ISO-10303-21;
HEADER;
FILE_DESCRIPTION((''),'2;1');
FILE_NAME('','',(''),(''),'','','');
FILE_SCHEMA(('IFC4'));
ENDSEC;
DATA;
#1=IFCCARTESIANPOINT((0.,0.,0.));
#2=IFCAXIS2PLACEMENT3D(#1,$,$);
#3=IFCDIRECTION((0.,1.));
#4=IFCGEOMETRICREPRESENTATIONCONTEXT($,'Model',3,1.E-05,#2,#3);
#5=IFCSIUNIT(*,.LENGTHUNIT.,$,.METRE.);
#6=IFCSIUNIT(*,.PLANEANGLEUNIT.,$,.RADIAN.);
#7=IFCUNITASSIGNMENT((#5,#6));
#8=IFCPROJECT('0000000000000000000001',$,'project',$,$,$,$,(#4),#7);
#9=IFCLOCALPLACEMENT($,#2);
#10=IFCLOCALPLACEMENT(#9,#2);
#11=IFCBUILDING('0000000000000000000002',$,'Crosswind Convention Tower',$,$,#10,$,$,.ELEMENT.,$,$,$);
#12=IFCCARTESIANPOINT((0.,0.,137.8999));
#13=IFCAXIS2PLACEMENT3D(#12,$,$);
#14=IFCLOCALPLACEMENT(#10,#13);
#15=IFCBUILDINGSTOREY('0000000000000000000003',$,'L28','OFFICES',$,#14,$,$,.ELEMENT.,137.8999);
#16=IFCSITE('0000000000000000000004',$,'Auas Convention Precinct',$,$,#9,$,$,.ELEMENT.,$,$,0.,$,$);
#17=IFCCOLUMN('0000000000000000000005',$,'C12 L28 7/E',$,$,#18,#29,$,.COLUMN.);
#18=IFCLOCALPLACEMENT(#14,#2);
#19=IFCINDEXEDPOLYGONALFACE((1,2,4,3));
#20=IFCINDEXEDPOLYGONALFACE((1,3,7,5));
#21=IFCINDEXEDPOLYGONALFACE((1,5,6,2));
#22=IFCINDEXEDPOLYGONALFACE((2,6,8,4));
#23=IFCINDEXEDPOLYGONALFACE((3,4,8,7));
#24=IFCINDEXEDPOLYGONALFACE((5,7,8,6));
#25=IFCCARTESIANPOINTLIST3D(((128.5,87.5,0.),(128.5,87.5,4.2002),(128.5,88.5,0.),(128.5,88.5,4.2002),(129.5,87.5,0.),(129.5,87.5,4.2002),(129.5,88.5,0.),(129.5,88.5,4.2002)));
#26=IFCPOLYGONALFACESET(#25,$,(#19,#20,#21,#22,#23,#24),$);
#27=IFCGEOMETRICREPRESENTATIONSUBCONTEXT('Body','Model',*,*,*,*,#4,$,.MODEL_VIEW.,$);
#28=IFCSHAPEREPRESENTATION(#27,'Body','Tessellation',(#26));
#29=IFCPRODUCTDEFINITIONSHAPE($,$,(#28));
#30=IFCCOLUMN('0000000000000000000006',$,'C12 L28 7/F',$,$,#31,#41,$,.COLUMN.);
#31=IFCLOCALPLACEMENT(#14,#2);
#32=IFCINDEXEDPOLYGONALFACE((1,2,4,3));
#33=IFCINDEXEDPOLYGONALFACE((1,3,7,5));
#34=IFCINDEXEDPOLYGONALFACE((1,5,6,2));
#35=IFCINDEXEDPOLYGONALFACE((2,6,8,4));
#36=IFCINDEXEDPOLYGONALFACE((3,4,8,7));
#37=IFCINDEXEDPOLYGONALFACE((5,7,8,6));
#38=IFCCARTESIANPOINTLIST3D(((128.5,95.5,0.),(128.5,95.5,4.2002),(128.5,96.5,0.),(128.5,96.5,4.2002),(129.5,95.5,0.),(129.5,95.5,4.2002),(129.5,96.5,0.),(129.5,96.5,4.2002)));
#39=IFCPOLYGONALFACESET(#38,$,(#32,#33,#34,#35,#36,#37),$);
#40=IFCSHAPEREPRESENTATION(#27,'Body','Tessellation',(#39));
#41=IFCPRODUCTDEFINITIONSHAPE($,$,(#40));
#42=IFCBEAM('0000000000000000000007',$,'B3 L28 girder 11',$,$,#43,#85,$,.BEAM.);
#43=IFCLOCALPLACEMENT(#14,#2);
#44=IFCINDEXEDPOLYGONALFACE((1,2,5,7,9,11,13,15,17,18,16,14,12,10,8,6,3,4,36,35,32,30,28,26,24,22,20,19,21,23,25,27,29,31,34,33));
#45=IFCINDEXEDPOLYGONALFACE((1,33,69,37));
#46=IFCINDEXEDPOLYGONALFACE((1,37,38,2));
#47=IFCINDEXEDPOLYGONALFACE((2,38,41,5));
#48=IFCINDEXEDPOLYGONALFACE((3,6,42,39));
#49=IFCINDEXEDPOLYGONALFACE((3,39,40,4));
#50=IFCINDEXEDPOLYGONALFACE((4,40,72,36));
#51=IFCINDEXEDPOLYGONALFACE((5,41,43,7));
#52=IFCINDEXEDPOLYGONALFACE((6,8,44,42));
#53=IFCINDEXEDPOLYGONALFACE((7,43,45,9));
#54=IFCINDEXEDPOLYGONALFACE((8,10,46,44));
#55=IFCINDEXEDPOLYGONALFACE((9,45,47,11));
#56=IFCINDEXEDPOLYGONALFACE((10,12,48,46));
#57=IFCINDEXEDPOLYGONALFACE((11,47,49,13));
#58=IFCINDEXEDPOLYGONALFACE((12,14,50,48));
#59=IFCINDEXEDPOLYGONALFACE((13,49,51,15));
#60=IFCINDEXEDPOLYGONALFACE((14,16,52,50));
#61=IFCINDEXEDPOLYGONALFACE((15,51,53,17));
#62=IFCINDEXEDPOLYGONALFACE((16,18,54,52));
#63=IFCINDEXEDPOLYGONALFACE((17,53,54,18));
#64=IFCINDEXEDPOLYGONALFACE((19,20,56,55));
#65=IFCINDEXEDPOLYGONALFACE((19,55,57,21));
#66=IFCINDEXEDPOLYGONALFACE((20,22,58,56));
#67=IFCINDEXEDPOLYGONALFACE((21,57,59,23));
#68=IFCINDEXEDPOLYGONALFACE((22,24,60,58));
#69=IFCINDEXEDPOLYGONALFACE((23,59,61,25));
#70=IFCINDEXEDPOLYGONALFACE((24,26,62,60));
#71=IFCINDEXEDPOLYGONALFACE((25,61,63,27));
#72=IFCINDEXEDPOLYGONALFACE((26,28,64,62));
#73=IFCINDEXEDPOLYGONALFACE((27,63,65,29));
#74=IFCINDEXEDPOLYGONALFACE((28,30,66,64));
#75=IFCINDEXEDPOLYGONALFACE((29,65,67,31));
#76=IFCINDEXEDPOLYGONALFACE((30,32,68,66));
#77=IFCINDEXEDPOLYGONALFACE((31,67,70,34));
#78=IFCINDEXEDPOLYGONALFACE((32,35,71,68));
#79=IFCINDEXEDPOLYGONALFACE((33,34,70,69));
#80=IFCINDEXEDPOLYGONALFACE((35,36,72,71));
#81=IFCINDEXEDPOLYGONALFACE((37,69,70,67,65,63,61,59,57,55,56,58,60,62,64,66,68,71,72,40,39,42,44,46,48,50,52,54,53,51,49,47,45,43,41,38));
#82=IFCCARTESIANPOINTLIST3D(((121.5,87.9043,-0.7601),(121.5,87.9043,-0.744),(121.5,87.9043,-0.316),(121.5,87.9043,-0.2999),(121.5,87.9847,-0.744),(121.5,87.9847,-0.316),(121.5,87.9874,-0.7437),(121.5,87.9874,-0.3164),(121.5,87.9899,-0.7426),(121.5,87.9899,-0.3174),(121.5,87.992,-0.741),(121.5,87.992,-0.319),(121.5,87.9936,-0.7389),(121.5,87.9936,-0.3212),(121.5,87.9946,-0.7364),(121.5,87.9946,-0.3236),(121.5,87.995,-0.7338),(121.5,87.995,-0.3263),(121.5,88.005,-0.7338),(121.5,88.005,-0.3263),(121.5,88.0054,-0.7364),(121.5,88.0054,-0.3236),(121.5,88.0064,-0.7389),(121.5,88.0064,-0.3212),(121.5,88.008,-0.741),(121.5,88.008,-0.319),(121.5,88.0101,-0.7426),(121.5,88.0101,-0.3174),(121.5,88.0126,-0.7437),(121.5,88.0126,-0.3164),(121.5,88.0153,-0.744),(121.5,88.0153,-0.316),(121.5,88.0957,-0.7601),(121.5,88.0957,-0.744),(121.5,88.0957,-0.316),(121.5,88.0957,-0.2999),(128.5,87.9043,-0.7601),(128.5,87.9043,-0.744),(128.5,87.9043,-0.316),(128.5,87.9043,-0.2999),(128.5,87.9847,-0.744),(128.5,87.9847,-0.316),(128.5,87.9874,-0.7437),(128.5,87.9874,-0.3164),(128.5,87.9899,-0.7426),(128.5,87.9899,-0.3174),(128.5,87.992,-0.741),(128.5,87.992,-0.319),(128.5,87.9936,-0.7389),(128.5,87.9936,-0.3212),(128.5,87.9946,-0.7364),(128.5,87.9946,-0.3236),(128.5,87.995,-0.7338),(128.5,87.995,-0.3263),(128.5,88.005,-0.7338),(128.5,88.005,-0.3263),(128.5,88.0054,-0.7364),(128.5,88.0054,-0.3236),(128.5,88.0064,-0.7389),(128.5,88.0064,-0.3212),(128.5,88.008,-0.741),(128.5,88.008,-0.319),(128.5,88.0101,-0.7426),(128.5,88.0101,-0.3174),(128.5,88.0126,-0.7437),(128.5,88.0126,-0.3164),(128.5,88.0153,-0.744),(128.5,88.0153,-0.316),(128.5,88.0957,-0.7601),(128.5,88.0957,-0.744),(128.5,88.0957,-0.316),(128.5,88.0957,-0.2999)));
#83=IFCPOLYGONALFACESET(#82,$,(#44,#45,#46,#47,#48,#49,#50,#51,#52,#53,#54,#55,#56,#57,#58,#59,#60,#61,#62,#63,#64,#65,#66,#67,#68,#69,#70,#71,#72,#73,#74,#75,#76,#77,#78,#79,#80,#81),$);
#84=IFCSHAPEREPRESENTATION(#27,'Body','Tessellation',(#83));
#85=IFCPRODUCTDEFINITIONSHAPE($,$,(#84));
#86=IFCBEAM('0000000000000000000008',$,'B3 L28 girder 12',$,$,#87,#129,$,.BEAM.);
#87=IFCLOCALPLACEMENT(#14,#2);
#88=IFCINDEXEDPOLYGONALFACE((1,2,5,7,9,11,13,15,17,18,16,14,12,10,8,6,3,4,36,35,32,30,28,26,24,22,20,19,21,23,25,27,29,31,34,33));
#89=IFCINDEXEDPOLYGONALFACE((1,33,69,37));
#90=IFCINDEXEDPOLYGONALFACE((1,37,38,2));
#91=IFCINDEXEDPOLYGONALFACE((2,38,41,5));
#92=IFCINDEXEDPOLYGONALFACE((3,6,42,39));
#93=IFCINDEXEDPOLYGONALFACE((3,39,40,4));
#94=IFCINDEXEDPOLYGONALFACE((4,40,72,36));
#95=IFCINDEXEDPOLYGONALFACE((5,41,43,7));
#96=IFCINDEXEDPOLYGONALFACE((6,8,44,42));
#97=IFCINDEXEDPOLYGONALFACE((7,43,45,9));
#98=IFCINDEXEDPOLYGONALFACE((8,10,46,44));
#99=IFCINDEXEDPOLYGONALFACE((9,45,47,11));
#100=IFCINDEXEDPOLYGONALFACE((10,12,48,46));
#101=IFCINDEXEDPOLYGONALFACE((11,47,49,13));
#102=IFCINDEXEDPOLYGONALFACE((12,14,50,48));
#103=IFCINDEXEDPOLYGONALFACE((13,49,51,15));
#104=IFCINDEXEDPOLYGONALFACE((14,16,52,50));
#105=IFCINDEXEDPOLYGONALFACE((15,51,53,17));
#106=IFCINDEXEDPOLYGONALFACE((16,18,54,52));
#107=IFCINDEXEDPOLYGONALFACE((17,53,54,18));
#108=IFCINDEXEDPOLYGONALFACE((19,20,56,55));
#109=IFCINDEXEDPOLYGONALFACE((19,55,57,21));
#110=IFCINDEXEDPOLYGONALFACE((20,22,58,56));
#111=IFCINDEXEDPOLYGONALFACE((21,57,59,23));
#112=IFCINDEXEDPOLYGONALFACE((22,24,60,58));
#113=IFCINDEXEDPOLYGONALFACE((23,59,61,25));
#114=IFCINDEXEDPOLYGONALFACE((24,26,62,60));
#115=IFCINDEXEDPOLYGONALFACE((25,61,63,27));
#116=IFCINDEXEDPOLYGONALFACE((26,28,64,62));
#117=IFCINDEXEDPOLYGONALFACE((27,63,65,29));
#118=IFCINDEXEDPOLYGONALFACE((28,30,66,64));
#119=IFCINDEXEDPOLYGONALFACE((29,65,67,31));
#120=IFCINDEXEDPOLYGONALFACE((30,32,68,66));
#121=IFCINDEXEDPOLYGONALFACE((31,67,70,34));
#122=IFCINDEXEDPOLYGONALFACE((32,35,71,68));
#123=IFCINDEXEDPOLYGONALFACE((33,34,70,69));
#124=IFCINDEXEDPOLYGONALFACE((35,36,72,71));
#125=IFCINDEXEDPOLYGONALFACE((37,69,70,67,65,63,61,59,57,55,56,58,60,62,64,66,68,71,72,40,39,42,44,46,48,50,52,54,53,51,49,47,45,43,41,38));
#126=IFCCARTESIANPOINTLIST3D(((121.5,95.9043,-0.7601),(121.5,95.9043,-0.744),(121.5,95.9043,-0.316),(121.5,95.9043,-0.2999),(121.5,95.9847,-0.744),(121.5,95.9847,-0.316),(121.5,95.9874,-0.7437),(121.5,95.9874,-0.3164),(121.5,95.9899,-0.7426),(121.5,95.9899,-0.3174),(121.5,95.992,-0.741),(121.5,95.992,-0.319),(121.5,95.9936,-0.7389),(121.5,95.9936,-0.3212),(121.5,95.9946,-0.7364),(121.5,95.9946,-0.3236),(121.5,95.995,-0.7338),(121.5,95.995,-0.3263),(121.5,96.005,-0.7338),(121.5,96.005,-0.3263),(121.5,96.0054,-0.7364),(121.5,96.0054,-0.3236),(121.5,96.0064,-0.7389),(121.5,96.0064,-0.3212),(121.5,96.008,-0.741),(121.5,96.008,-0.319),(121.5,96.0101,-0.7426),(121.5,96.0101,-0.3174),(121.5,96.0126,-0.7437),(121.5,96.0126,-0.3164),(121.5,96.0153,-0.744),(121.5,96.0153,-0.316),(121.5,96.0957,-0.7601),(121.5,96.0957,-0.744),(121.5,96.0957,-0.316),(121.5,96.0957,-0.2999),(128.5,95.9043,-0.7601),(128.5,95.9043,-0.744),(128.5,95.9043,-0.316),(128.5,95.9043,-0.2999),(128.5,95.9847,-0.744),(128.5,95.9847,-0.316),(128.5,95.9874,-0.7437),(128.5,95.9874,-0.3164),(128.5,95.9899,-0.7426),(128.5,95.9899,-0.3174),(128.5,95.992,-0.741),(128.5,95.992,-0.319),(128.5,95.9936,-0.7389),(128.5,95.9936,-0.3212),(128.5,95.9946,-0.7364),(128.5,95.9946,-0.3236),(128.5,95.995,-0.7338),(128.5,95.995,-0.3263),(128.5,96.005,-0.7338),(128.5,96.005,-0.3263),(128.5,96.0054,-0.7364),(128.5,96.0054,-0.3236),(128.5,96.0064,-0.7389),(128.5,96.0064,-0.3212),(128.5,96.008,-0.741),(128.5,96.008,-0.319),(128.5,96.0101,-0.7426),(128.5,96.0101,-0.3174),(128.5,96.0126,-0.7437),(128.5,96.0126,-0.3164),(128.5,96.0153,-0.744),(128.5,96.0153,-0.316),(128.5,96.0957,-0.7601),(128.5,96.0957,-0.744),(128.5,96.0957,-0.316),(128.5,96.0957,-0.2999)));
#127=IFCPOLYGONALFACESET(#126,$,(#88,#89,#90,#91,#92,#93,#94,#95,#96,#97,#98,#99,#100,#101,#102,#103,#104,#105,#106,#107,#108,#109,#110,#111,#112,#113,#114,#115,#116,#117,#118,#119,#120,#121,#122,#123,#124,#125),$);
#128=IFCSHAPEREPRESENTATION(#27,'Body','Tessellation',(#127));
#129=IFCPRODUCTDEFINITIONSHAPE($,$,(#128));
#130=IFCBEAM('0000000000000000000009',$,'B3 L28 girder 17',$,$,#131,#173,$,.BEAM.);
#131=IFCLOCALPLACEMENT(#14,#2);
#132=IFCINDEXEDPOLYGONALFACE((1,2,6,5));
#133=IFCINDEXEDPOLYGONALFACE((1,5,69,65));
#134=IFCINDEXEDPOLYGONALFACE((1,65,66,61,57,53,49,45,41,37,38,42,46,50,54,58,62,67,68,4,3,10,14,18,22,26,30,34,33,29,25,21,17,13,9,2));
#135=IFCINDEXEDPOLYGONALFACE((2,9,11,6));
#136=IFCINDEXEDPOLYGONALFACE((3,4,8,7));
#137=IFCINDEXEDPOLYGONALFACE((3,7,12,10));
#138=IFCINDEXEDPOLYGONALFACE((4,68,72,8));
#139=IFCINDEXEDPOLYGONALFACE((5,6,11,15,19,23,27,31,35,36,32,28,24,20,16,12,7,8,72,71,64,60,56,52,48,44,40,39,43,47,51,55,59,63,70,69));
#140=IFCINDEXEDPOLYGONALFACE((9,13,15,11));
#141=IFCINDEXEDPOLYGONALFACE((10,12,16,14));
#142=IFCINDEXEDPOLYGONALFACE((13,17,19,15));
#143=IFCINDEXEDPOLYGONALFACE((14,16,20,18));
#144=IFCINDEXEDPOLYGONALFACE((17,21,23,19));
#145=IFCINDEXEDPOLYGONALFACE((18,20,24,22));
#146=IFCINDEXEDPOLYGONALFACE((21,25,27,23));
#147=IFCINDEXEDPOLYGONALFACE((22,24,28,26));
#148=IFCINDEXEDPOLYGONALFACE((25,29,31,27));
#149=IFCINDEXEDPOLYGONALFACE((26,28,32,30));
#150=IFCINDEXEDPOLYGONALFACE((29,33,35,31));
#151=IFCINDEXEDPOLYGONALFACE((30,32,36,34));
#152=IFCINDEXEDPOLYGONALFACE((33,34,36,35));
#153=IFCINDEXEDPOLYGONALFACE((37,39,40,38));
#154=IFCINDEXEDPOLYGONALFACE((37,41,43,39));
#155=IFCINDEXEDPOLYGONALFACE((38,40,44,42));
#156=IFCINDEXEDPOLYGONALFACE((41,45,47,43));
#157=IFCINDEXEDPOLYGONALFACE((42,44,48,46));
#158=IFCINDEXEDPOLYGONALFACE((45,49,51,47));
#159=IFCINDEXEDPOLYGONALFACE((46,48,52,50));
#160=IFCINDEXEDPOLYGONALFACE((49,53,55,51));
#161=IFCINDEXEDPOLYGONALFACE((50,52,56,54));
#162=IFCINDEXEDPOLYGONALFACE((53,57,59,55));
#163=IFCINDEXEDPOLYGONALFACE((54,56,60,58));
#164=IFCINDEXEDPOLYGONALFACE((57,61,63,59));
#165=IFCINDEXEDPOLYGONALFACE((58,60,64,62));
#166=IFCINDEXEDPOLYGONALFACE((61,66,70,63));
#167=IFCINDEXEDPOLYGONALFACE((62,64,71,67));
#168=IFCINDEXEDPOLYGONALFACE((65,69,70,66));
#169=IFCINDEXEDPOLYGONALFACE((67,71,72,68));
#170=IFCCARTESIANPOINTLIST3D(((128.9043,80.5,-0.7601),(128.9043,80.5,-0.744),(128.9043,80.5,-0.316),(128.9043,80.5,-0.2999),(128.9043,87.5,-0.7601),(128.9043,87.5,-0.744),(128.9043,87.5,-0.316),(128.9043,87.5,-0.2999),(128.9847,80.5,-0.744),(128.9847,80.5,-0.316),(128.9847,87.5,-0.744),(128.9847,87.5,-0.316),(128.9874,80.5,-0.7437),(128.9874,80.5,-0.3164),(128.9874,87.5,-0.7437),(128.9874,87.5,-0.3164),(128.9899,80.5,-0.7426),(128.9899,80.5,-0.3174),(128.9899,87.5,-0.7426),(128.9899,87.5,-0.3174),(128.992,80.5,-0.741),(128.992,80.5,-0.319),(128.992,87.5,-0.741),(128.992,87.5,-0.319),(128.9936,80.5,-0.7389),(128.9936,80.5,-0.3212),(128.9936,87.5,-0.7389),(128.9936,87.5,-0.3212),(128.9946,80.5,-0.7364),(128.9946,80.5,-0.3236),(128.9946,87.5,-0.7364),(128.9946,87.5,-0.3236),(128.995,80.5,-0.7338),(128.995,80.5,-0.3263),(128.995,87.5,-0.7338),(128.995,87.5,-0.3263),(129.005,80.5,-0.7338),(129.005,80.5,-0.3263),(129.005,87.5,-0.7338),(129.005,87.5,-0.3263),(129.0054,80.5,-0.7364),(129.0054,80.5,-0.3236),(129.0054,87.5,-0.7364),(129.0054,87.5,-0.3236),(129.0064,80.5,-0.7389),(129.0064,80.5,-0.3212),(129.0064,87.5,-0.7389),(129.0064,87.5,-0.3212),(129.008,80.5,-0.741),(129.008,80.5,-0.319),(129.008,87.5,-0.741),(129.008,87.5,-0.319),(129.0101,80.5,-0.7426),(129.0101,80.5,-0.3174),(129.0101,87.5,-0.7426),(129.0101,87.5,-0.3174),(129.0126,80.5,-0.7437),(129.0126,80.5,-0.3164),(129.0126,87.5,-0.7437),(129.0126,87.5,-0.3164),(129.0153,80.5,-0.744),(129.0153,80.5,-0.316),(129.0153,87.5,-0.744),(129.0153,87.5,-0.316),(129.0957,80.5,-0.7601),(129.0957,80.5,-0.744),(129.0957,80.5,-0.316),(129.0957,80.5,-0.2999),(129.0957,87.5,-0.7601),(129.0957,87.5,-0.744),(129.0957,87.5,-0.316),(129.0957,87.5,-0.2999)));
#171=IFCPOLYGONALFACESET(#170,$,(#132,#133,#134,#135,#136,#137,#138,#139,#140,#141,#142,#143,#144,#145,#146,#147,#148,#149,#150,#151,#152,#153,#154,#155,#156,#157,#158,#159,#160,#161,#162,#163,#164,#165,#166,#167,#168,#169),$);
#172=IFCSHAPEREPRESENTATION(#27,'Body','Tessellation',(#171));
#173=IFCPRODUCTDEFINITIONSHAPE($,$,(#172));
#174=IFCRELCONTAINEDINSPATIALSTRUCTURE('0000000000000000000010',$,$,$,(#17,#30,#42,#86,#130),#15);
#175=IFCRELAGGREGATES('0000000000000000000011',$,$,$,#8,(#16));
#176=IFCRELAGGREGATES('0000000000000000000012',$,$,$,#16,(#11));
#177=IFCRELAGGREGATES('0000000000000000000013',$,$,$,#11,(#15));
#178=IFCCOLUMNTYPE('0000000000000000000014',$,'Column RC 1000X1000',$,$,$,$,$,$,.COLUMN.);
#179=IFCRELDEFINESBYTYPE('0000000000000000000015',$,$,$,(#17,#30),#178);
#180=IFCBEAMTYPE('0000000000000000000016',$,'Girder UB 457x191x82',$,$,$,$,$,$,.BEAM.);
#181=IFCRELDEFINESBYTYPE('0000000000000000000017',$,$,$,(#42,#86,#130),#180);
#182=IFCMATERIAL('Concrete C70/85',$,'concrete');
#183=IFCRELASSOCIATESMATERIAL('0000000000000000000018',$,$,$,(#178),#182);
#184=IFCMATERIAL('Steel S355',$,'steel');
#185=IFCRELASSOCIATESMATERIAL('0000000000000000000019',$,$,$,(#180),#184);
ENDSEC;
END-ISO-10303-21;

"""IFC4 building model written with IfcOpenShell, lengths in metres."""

from ifc_helpers import new_model, si_unit, direction, frame, origin, origin_2d, place, context, subcontext, project, spatial, rectangle, i_section, extrude, material, material_profile, profile_set, type_object, element, save


model = new_model("IFC4")

# Units and contexts
model_context = context("Model", 3, precision=1e-05, world=origin(), true_north=direction((0.0, 1.0)))
body_context = subcontext(model_context, "Body", "Model", "MODEL_VIEW")
ifc_project = project(units=[si_unit("LENGTHUNIT", "METRE"), si_unit("PLANEANGLEUNIT", "RADIAN")], contexts=[model_context])

# Site, building, storey
site_placement = place(None, origin())
site = spatial("IfcSite", under=ifc_project, at=site_placement, Name="Auas Convention Precinct", CompositionType="ELEMENT", RefElevation=0.0)
building_placement = place(site_placement, origin())
building = spatial("IfcBuilding", under=site, at=building_placement, Name="Crosswind Convention Tower", CompositionType="ELEMENT")
storey_placement = place(building_placement, frame((0.0, 0.0, 137.8999)))
storey = spatial("IfcBuildingStorey", under=building, at=storey_placement, Name="L28", Description="OFFICES", CompositionType="ELEMENT", Elevation=137.8999)

# Columns
ifc_material_1 = material(Name="Concrete C70/85", Category="concrete")
ifc_material_profile_1 = material_profile(ifc_material_1, rectangle(XDim=1.0, YDim=1.0, at=origin_2d()), Name="RC 1000X1000")
ifc_profile_set_1 = profile_set([ifc_material_profile_1], Name="Concrete C70/85")
column_type = type_object("IfcColumnType", Name="Column RC 1000X1000", PredefinedType="COLUMN", material=ifc_profile_set_1)
for number, where, z_axis, x_axis, name in (
    (1, (129.0, 88.0, 0.0), (0.0, 0.0, 1.0), (1.0, 0.0, 0.0), "C12 L28 7/E"),
    (2, (129.0, 96.0, 0.0), (0.0, 0.0, 1.0), (1.0, 0.0, 0.0), "C12 L28 7/F"),
):
    element("IfcColumn", number, at=place(storey_placement, frame(where, z_axis=z_axis, x_axis=x_axis)), inside=storey, type_object=column_type, Name=name, PredefinedType="COLUMN", context=body_context, shape_type="SweptSolid", body=[
        extrude(rectangle(XDim=1.0, YDim=1.0, at=origin_2d()), origin(), (0.0, 0.0, 1.0), 4.2002),
    ])

# Beams
ifc_material_2 = material(Name="Steel S355", Category="steel")
ifc_material_profile_2 = material_profile(ifc_material_2, i_section(OverallWidth=0.1914, OverallDepth=0.4602, WebThickness=0.01, FlangeThickness=0.0161, FilletRadius=0.0103, at=origin_2d()), Name="UB 457x191x82")
ifc_profile_set_2 = profile_set([ifc_material_profile_2], Name="Steel S355")
beam_type_1 = type_object("IfcBeamType", Name="Girder UB 457x191x82", PredefinedType="BEAM", material=ifc_profile_set_2)
for number, where, z_axis, x_axis, name in (
    (3, (121.5, 88.0, -0.53), (1.0, 0.0, 0.0), (0.0, 1.0, 0.0), "B3 L28 girder 11"),
    (4, (121.5, 96.0, -0.53), (1.0, 0.0, 0.0), (0.0, 1.0, 0.0), "B3 L28 girder 12"),
    (5, (129.0, 80.5, -0.53), (0.0, 1.0, 0.0), (-1.0, 0.0, 0.0), "B3 L28 girder 17"),
):
    element("IfcBeam", number, at=place(storey_placement, frame(where, z_axis=z_axis, x_axis=x_axis)), inside=storey, type_object=beam_type_1, Name=name, PredefinedType="BEAM", context=body_context, shape_type="SweptSolid", body=[
        extrude(i_section(OverallWidth=0.1914, OverallDepth=0.4602, WebThickness=0.01, FlangeThickness=0.0161, FilletRadius=0.0103, at=origin_2d()), origin(), (0.0, 0.0, 1.0), 7.0),
    ])

save(model, "model.ifc")
